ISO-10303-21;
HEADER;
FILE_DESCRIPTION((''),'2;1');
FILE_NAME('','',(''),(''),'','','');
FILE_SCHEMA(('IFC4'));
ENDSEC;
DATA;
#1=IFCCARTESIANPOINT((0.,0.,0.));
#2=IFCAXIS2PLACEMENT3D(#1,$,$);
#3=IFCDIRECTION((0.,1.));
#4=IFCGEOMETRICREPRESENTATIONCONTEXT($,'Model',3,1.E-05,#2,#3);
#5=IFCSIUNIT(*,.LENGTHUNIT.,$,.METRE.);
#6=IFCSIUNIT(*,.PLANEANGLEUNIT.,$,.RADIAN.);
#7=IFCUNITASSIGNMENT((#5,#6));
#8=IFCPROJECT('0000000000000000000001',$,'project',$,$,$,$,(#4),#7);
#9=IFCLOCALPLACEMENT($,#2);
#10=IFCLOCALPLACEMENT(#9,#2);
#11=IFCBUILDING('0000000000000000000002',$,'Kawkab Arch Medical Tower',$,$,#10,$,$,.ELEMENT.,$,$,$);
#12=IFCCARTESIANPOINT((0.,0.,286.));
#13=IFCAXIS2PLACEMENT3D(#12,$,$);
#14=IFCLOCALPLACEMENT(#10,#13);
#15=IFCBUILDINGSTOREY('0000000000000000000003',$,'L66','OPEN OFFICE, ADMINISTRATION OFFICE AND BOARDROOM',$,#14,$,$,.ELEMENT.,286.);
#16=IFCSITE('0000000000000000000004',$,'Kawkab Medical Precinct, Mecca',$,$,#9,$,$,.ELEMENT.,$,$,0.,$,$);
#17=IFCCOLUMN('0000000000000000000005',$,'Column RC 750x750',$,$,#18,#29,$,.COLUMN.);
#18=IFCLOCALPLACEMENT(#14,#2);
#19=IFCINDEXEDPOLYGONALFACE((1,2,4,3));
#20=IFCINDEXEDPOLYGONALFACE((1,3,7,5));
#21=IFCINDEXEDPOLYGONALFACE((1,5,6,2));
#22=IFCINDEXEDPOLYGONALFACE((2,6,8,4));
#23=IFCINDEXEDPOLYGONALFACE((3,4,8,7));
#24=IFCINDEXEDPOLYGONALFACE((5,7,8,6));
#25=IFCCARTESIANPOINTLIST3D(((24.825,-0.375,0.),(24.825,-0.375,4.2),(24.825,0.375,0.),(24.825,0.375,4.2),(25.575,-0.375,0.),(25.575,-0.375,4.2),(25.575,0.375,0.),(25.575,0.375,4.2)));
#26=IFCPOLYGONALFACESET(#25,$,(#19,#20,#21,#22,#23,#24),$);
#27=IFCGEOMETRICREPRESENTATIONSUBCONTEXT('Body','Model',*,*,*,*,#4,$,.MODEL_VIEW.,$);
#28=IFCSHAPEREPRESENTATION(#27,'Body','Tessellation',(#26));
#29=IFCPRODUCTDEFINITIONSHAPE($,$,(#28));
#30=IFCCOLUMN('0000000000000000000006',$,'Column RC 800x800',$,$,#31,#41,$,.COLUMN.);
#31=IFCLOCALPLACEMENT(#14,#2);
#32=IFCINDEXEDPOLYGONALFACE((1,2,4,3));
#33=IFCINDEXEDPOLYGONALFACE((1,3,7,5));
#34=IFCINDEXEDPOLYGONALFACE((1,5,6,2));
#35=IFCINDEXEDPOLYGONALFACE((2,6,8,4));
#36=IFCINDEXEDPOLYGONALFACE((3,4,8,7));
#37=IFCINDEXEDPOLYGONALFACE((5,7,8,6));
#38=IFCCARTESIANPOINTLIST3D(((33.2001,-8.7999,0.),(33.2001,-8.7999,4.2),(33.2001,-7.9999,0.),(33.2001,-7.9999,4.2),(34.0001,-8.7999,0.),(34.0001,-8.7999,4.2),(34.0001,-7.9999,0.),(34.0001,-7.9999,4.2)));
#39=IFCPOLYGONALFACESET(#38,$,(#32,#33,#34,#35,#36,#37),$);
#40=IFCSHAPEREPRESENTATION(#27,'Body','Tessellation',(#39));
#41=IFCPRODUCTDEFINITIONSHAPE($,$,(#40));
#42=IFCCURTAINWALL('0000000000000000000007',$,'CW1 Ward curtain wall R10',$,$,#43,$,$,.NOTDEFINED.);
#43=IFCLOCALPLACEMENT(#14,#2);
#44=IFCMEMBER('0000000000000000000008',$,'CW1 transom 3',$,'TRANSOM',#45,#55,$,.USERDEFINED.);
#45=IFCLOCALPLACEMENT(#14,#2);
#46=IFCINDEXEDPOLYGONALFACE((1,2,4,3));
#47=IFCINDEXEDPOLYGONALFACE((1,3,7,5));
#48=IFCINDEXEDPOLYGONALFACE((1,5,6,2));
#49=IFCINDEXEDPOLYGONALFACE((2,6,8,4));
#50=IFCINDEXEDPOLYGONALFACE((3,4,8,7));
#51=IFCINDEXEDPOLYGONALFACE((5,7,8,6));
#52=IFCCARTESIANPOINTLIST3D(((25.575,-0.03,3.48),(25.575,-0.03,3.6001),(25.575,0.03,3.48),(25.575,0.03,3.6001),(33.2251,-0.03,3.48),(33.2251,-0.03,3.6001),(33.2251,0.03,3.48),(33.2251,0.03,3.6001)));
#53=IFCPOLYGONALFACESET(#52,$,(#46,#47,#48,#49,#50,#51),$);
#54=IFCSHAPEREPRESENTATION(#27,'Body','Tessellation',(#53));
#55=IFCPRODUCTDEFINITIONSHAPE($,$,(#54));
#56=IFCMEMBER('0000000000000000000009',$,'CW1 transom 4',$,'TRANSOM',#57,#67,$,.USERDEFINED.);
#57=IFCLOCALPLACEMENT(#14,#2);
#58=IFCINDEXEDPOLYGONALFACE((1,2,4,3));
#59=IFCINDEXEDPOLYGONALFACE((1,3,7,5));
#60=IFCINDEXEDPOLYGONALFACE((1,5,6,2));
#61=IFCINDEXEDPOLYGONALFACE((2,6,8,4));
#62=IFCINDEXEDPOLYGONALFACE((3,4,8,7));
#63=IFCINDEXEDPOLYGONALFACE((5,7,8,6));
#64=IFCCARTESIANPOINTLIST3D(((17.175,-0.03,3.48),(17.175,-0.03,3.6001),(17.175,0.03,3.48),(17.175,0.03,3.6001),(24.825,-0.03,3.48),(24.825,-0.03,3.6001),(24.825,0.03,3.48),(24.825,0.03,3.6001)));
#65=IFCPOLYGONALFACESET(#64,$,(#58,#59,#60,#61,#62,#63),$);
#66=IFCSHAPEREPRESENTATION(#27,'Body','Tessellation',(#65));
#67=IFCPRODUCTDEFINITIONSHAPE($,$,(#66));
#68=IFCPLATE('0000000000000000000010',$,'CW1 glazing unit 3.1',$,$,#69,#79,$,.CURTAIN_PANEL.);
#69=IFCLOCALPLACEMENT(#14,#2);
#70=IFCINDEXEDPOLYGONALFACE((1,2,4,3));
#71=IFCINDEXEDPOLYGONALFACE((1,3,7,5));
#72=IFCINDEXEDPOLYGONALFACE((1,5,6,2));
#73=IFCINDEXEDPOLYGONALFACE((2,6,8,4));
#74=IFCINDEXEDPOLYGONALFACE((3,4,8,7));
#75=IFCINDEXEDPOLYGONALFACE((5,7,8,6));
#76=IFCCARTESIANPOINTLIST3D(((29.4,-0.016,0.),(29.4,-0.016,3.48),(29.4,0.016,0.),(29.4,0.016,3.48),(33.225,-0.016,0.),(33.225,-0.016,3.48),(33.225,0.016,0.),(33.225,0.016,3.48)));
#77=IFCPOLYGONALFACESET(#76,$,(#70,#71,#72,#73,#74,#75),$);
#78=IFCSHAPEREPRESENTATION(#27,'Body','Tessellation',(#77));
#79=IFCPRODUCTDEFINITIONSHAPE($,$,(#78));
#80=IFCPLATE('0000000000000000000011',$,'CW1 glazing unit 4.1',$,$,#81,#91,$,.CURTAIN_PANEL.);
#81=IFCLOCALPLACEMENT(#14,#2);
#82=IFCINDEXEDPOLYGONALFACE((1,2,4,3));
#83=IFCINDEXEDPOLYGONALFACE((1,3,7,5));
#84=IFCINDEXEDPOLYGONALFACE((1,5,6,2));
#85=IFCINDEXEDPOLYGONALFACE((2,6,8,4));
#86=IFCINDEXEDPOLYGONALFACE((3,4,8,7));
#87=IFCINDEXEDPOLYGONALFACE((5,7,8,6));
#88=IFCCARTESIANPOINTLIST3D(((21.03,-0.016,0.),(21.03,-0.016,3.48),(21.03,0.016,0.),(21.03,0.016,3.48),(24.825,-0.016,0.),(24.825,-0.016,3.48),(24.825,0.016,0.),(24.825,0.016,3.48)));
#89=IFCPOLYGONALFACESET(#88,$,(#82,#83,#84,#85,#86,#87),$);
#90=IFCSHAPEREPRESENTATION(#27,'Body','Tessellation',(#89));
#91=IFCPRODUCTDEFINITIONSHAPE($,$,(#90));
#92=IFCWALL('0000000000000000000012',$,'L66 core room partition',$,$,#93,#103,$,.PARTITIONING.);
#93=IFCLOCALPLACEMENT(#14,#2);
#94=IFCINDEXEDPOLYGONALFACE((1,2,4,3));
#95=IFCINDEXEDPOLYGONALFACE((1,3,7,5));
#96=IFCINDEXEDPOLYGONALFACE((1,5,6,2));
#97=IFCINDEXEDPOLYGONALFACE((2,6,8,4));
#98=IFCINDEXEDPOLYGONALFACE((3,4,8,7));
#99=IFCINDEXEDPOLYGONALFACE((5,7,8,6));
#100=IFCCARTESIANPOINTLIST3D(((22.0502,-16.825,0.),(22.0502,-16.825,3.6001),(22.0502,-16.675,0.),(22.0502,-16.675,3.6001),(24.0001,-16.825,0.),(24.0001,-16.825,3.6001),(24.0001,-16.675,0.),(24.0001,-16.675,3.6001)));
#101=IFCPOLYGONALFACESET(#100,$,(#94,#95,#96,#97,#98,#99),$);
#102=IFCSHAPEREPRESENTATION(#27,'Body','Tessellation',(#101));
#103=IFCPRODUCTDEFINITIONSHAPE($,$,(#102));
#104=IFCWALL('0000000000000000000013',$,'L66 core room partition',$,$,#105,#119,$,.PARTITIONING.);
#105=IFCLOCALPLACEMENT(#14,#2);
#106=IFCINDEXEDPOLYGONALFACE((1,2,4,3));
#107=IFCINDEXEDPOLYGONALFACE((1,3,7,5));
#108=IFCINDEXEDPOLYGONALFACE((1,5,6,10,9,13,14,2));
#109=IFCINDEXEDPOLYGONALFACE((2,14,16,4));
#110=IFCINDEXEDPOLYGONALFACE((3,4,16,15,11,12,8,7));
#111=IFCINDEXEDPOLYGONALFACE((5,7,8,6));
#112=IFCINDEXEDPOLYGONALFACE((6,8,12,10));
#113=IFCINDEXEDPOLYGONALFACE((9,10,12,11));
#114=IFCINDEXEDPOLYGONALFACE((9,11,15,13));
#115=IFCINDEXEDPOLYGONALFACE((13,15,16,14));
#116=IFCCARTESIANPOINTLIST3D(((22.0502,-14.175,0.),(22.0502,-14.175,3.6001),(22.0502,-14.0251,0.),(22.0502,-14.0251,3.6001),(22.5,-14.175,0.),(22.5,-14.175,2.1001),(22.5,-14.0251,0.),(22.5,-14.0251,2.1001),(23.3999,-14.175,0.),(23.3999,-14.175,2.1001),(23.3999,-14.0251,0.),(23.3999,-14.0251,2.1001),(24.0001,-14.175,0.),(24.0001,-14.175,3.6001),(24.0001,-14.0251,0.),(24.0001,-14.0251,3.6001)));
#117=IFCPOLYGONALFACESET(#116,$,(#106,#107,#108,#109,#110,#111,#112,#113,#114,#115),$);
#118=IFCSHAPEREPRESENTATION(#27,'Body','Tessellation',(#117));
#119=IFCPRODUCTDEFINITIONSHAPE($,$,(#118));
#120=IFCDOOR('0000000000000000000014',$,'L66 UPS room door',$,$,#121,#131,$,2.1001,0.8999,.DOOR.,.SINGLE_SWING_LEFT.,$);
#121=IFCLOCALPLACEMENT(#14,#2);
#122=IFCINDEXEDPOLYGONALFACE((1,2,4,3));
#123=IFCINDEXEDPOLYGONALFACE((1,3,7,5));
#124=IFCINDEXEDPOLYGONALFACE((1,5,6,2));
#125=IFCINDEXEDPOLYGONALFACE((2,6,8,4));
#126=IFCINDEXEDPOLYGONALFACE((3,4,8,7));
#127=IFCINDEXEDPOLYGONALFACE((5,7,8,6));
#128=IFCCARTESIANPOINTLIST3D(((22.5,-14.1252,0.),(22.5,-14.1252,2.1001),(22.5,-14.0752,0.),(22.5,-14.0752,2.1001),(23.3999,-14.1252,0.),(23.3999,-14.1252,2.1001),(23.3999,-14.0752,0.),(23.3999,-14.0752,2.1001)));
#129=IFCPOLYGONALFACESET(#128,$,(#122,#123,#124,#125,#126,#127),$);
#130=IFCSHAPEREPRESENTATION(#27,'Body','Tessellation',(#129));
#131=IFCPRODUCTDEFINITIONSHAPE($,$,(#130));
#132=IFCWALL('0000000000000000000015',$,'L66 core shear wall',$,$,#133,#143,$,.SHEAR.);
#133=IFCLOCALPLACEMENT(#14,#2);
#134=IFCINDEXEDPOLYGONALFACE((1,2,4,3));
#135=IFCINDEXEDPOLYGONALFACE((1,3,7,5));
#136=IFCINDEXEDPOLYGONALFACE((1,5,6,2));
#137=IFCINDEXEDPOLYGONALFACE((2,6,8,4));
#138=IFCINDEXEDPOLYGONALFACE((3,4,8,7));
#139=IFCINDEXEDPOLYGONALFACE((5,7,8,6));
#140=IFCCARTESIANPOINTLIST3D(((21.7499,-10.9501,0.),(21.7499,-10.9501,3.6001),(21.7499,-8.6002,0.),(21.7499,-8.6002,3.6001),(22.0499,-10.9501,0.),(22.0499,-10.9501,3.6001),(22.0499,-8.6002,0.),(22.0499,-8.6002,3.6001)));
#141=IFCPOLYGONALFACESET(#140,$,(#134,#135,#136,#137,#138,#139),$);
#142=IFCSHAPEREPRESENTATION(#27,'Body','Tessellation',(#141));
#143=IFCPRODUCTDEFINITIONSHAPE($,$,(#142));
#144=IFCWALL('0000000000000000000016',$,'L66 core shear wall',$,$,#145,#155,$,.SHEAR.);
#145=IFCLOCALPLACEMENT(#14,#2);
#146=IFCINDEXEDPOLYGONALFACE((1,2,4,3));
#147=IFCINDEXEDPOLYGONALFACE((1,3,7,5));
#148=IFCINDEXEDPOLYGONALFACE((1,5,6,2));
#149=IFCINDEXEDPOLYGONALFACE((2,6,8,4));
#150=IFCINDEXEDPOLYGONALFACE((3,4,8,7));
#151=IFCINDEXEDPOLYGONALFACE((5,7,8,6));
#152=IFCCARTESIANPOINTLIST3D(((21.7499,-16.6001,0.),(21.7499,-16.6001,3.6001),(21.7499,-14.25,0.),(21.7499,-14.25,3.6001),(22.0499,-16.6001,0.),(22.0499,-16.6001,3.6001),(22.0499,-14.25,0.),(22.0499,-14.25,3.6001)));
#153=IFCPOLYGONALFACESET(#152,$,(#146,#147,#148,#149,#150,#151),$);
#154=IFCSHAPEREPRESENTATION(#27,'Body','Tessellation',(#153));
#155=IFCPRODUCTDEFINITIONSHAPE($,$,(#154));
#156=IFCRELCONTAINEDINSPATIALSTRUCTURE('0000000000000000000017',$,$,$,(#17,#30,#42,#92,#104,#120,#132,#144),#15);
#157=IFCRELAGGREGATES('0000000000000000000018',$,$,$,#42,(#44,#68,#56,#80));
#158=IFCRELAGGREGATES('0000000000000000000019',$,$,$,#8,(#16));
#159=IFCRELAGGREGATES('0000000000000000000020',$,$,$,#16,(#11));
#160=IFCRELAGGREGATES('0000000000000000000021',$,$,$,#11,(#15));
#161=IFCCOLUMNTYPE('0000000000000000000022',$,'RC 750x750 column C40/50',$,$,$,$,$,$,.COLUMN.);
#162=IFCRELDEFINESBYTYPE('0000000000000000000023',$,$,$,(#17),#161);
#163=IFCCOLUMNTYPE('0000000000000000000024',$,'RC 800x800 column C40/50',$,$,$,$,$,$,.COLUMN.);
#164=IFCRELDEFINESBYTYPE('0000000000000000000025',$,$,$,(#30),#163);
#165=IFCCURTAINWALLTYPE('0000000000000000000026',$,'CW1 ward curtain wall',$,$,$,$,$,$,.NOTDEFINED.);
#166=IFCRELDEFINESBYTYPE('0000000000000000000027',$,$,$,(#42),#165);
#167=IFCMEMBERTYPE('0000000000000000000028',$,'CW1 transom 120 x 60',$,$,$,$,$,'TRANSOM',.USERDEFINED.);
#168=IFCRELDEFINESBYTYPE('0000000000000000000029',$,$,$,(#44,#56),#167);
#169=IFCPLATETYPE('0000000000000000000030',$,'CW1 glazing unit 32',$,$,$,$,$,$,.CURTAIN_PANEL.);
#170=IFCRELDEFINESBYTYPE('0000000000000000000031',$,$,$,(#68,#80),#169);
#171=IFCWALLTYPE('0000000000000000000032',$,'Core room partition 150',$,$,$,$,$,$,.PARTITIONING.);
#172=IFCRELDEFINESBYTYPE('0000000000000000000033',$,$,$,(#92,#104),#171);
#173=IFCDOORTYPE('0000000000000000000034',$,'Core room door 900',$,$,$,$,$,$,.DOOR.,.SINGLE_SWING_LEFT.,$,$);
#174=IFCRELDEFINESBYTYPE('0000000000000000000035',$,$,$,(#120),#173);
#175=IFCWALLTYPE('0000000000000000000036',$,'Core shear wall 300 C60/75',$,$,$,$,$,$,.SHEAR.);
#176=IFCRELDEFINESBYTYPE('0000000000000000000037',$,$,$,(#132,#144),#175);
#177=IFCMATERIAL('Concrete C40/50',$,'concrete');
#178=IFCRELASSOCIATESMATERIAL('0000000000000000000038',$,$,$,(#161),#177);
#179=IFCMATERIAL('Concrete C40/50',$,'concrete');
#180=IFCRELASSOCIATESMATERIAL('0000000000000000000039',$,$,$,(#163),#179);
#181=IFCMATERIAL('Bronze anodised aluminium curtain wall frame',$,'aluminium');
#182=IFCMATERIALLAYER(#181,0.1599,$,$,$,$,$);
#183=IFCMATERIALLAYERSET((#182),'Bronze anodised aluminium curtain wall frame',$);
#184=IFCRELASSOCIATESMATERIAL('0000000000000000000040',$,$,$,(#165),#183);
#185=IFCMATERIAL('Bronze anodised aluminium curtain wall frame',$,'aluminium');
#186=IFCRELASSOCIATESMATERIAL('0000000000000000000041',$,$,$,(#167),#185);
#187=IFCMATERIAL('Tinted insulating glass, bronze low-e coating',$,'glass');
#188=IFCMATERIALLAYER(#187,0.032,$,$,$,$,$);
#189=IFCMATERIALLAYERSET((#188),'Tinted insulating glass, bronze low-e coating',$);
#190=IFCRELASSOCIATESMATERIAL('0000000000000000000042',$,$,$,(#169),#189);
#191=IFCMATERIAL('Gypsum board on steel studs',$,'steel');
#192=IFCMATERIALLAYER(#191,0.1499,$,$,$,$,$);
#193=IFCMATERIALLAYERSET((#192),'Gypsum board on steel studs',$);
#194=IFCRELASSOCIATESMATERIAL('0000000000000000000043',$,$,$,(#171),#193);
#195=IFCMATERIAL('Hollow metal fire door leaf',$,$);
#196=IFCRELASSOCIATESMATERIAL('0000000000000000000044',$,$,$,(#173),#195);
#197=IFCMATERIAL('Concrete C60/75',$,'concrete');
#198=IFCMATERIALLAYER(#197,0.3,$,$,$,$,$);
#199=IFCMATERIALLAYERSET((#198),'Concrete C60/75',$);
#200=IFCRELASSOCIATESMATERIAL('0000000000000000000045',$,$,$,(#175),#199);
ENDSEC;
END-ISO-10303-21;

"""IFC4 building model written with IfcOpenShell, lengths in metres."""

from ifc_helpers import new_model, si_unit, direction, frame, frame_2d, origin, origin_2d, place, context, subcontext, project, spatial, rectangle, extrude, material, layer, layer_set, material_profile, profile_set, type_object, element, fill, aggregate, save


model = new_model("IFC4")

# Units and contexts
model_context = context("Model", 3, precision=1e-05, world=origin(), true_north=direction((0.0, 1.0)))
body_context = subcontext(model_context, "Body", "Model", "MODEL_VIEW")
ifc_project = project(units=[si_unit("LENGTHUNIT", "METRE"), si_unit("PLANEANGLEUNIT", "RADIAN")], contexts=[model_context])

# Site, building, storey
site_placement = place(None, origin())
site = spatial("IfcSite", under=ifc_project, at=site_placement, Name="Kawkab Medical Precinct, Mecca", CompositionType="ELEMENT", RefElevation=0.0)
building_placement = place(site_placement, origin())
building = spatial("IfcBuilding", under=site, at=building_placement, Name="Kawkab Arch Medical Tower", CompositionType="ELEMENT")
storey_placement = place(building_placement, frame((0.0, 0.0, 286.0)))
storey = spatial("IfcBuildingStorey", under=building, at=storey_placement, Name="L66", Description="OPEN OFFICE, ADMINISTRATION OFFICE AND BOARDROOM", CompositionType="ELEMENT", Elevation=286.0)

# Columns
ifc_material_1 = material(Name="Concrete C40/50", Category="concrete")
ifc_material_profile_1 = material_profile(ifc_material_1, rectangle(XDim=0.75, YDim=0.75, at=origin_2d()), Name="RC 750x750")
ifc_profile_set_1 = profile_set([ifc_material_profile_1], Name="Concrete C40/50")
column_type_1 = type_object("IfcColumnType", Name="RC 750x750 column C40/50", PredefinedType="COLUMN", material=ifc_profile_set_1)
column_1_placement = place(storey_placement, frame((25.2, 0.0, 0.0), z_axis=(0.0, 0.0, 1.0), x_axis=(1.0, 0.0, 0.0)))
element("IfcColumn", 1, at=column_1_placement, inside=storey, type_object=column_type_1, Name="Column RC 750x750", PredefinedType="COLUMN", context=body_context, shape_type="SweptSolid", body=[
    extrude(rectangle(XDim=0.75, YDim=0.75, at=origin_2d()), origin(), (0.0, 0.0, 1.0), 4.2),
])
ifc_material_2 = material(Name="Concrete C40/50", Category="concrete")
ifc_material_profile_2 = material_profile(ifc_material_2, rectangle(XDim=0.8, YDim=0.8, at=origin_2d()), Name="RC 800x800")
ifc_profile_set_2 = profile_set([ifc_material_profile_2], Name="Concrete C40/50")
column_type_2 = type_object("IfcColumnType", Name="RC 800x800 column C40/50", PredefinedType="COLUMN", material=ifc_profile_set_2)
column_2_placement = place(storey_placement, frame((33.6001, -8.3999, 0.0), z_axis=(0.0, 0.0, 1.0), x_axis=(1.0, 0.0, 0.0)))
element("IfcColumn", 2, at=column_2_placement, inside=storey, type_object=column_type_2, Name="Column RC 800x800", PredefinedType="COLUMN", context=body_context, shape_type="SweptSolid", body=[
    extrude(rectangle(XDim=0.8, YDim=0.8, at=origin_2d()), origin(), (0.0, 0.0, 1.0), 4.2),
])

# Curtain wall, members, plates
ifc_material_3 = material(Name="Bronze anodised aluminium curtain wall frame", Category="aluminium")
ifc_layer_1 = layer(ifc_material_3, 0.1599)
ifc_layer_set_1 = layer_set([ifc_layer_1], Name="Bronze anodised aluminium curtain wall frame")
curtain_wall_type = type_object("IfcCurtainWallType", Name="CW1 ward curtain wall", PredefinedType="NOTDEFINED", material=ifc_layer_set_1)
placement = place(storey_placement, origin())
curtain_wall = element("IfcCurtainWall", 3, at=placement, inside=storey, type_object=curtain_wall_type, Name="CW1 Ward curtain wall R10", PredefinedType="NOTDEFINED")
ifc_material_4 = material(Name="Bronze anodised aluminium curtain wall frame", Category="aluminium")
ifc_material_profile_3 = material_profile(ifc_material_4, rectangle(XDim=0.0601, YDim=0.1201, at=origin_2d()), Name="AL 60x120")
ifc_profile_set_3 = profile_set([ifc_material_profile_3], Name="Bronze anodised aluminium curtain wall frame")
member_type = type_object("IfcMemberType", Name="CW1 transom 120 x 60", ElementType="TRANSOM", PredefinedType="USERDEFINED", material=ifc_profile_set_3)
member_1_placement = place(storey_placement, frame((33.2251, 0.0, 3.54), z_axis=(-1.0, 0.0, 0.0), x_axis=(0.0, -1.0, 0.0)))
member_1 = element("IfcMember", 4, at=member_1_placement, type_object=member_type, Name="CW1 transom 3", ObjectType="TRANSOM", PredefinedType="USERDEFINED", context=body_context, shape_type="SweptSolid", body=[
    extrude(rectangle(XDim=0.0601, YDim=0.1201, at=origin_2d()), origin(), (0.0, 0.0, 1.0), 7.6501),
])
member_2_placement = place(storey_placement, frame((24.825, 0.0, 3.54), z_axis=(-1.0, 0.0, 0.0), x_axis=(0.0, -1.0, 0.0)))
member_2 = element("IfcMember", 5, at=member_2_placement, type_object=member_type, Name="CW1 transom 4", ObjectType="TRANSOM", PredefinedType="USERDEFINED", context=body_context, shape_type="SweptSolid", body=[
    extrude(rectangle(XDim=0.0601, YDim=0.1201, at=origin_2d()), origin(), (0.0, 0.0, 1.0), 7.6499),
])
ifc_material_5 = material(Name="Tinted insulating glass, bronze low-e coating", Category="glass")
ifc_layer_2 = layer(ifc_material_5, 0.032)
ifc_layer_set_2 = layer_set([ifc_layer_2], Name="Tinted insulating glass, bronze low-e coating")
plate_type = type_object("IfcPlateType", Name="CW1 glazing unit 32", PredefinedType="CURTAIN_PANEL", material=ifc_layer_set_2)
plate_1_placement = place(storey_placement, frame((31.3125, 0.0, 0.0), z_axis=(0.0, 0.0, 1.0), x_axis=(-1.0, 0.0, 0.0)))
plate_1 = element("IfcPlate", 6, at=plate_1_placement, type_object=plate_type, Name="CW1 glazing unit 3.1", PredefinedType="CURTAIN_PANEL", context=body_context, shape_type="SweptSolid", body=[
    extrude(rectangle(XDim=3.825, YDim=0.032, at=origin_2d()), origin(), (0.0, 0.0, 1.0), 3.48),
])
plate_2_placement = place(storey_placement, frame((22.9275, 0.0, 0.0), z_axis=(0.0, 0.0, 1.0), x_axis=(-1.0, 0.0, 0.0)))
plate_2 = element("IfcPlate", 7, at=plate_2_placement, type_object=plate_type, Name="CW1 glazing unit 4.1", PredefinedType="CURTAIN_PANEL", context=body_context, shape_type="SweptSolid", body=[
    extrude(rectangle(XDim=3.7949, YDim=0.032, at=origin_2d()), origin(), (0.0, 0.0, 1.0), 3.48),
])
aggregate(curtain_wall, [member_1, plate_1, member_2, plate_2])

# Wall
ifc_material_6 = material(Name="Gypsum board on steel studs", Category="steel")
ifc_layer_3 = layer(ifc_material_6, 0.1499)
ifc_layer_set_3 = layer_set([ifc_layer_3], Name="Gypsum board on steel studs")
wall_type_1 = type_object("IfcWallType", Name="Core room partition 150", PredefinedType="PARTITIONING", material=ifc_layer_set_3)
wall_1_placement = place(storey_placement, frame((22.05, -16.75, 0.0), z_axis=(0.0, 0.0, 1.0), x_axis=(1.0, 0.0, 0.0)))
element("IfcWall", 8, at=wall_1_placement, inside=storey, type_object=wall_type_1, Name="L66 core room partition", PredefinedType="PARTITIONING", context=body_context, shape_type="SweptSolid", body=[
    extrude(rectangle(XDim=1.95, YDim=0.1499, at=frame_2d((0.9751, 0.0))), origin(), (0.0, 0.0, 1.0), 3.6001),
])

# Wall, opening, door
wall_2_placement = place(storey_placement, frame((22.05, -14.1001, 0.0), z_axis=(0.0, 0.0, 1.0), x_axis=(1.0, 0.0, 0.0)))
wall_2 = element("IfcWall", 9, at=wall_2_placement, inside=storey, type_object=wall_type_1, Name="L66 core room partition", PredefinedType="PARTITIONING", context=body_context, shape_type="SweptSolid", body=[
    extrude(rectangle(XDim=1.95, YDim=0.1499, at=frame_2d((0.9751, 0.0))), origin(), (0.0, 0.0, 1.0), 3.6001),
])
opening_1_placement = place(wall_2_placement, frame((0.45, 0.0, 0.0)))
opening_1 = element("IfcOpeningElement", 10, at=opening_1_placement, cuts=wall_2, PredefinedType="OPENING", context=body_context, shape_type="SweptSolid", body=[
    extrude(rectangle(XDim=0.8999, YDim=2.1001, at=frame_2d((0.45, 1.05))), frame((0.0, 0.085, 0.0), z_axis=(0.0, -1.0, 0.0), x_axis=(1.0, 0.0, 0.0)), (0.0, 0.0, 1.0), 0.1699),
])
ifc_material_7 = material(Name="Hollow metal fire door leaf")
door_type_1 = type_object("IfcDoorType", Name="Core room door 900", OperationType="SINGLE_SWING_LEFT", PredefinedType="DOOR", material=ifc_material_7)
door_1_placement = place(opening_1_placement, origin())
door_1 = element("IfcDoor", 11, at=door_1_placement, inside=storey, type_object=door_type_1, Name="L66 UPS room door", OperationType="SINGLE_SWING_LEFT", OverallHeight=2.1001, OverallWidth=0.8999, PredefinedType="DOOR", context=body_context, shape_type="SweptSolid", body=[
    extrude(rectangle(XDim=0.8999, YDim=2.1001, at=frame_2d((0.45, 1.05))), frame((0.0, 0.0249, 0.0), z_axis=(0.0, -1.0, 0.0), x_axis=(1.0, 0.0, 0.0)), (0.0, 0.0, 1.0), 0.05),
])
fill(opening_1, door_1)

# Walls
ifc_material_8 = material(Name="Concrete C60/75", Category="concrete")
ifc_layer_4 = layer(ifc_material_8, 0.3)
ifc_layer_set_4 = layer_set([ifc_layer_4], Name="Concrete C60/75")
wall_type_2 = type_object("IfcWallType", Name="Core shear wall 300 C60/75", PredefinedType="SHEAR", material=ifc_layer_set_4)
wall_3_placement = place(storey_placement, frame((21.8999, -10.95, 0.0), z_axis=(0.0, 0.0, 1.0), x_axis=(0.0, 1.0, 0.0)))
element("IfcWall", 12, at=wall_3_placement, inside=storey, type_object=wall_type_2, Name="L66 core shear wall", PredefinedType="SHEAR", context=body_context, shape_type="SweptSolid", body=[
    extrude(rectangle(XDim=2.3499, YDim=0.3, at=frame_2d((1.1748, 0.0))), origin(), (0.0, 0.0, 1.0), 3.6001),
])
wall_4_placement = place(storey_placement, frame((21.8999, -16.6001, 0.0), z_axis=(0.0, 0.0, 1.0), x_axis=(0.0, 1.0, 0.0)))
element("IfcWall", 13, at=wall_4_placement, inside=storey, type_object=wall_type_2, Name="L66 core shear wall", PredefinedType="SHEAR", context=body_context, shape_type="SweptSolid", body=[
    extrude(rectangle(XDim=2.3501, YDim=0.3, at=frame_2d((1.175, 0.0))), origin(), (0.0, 0.0, 1.0), 3.6001),
])

save(model, "model.ifc")
